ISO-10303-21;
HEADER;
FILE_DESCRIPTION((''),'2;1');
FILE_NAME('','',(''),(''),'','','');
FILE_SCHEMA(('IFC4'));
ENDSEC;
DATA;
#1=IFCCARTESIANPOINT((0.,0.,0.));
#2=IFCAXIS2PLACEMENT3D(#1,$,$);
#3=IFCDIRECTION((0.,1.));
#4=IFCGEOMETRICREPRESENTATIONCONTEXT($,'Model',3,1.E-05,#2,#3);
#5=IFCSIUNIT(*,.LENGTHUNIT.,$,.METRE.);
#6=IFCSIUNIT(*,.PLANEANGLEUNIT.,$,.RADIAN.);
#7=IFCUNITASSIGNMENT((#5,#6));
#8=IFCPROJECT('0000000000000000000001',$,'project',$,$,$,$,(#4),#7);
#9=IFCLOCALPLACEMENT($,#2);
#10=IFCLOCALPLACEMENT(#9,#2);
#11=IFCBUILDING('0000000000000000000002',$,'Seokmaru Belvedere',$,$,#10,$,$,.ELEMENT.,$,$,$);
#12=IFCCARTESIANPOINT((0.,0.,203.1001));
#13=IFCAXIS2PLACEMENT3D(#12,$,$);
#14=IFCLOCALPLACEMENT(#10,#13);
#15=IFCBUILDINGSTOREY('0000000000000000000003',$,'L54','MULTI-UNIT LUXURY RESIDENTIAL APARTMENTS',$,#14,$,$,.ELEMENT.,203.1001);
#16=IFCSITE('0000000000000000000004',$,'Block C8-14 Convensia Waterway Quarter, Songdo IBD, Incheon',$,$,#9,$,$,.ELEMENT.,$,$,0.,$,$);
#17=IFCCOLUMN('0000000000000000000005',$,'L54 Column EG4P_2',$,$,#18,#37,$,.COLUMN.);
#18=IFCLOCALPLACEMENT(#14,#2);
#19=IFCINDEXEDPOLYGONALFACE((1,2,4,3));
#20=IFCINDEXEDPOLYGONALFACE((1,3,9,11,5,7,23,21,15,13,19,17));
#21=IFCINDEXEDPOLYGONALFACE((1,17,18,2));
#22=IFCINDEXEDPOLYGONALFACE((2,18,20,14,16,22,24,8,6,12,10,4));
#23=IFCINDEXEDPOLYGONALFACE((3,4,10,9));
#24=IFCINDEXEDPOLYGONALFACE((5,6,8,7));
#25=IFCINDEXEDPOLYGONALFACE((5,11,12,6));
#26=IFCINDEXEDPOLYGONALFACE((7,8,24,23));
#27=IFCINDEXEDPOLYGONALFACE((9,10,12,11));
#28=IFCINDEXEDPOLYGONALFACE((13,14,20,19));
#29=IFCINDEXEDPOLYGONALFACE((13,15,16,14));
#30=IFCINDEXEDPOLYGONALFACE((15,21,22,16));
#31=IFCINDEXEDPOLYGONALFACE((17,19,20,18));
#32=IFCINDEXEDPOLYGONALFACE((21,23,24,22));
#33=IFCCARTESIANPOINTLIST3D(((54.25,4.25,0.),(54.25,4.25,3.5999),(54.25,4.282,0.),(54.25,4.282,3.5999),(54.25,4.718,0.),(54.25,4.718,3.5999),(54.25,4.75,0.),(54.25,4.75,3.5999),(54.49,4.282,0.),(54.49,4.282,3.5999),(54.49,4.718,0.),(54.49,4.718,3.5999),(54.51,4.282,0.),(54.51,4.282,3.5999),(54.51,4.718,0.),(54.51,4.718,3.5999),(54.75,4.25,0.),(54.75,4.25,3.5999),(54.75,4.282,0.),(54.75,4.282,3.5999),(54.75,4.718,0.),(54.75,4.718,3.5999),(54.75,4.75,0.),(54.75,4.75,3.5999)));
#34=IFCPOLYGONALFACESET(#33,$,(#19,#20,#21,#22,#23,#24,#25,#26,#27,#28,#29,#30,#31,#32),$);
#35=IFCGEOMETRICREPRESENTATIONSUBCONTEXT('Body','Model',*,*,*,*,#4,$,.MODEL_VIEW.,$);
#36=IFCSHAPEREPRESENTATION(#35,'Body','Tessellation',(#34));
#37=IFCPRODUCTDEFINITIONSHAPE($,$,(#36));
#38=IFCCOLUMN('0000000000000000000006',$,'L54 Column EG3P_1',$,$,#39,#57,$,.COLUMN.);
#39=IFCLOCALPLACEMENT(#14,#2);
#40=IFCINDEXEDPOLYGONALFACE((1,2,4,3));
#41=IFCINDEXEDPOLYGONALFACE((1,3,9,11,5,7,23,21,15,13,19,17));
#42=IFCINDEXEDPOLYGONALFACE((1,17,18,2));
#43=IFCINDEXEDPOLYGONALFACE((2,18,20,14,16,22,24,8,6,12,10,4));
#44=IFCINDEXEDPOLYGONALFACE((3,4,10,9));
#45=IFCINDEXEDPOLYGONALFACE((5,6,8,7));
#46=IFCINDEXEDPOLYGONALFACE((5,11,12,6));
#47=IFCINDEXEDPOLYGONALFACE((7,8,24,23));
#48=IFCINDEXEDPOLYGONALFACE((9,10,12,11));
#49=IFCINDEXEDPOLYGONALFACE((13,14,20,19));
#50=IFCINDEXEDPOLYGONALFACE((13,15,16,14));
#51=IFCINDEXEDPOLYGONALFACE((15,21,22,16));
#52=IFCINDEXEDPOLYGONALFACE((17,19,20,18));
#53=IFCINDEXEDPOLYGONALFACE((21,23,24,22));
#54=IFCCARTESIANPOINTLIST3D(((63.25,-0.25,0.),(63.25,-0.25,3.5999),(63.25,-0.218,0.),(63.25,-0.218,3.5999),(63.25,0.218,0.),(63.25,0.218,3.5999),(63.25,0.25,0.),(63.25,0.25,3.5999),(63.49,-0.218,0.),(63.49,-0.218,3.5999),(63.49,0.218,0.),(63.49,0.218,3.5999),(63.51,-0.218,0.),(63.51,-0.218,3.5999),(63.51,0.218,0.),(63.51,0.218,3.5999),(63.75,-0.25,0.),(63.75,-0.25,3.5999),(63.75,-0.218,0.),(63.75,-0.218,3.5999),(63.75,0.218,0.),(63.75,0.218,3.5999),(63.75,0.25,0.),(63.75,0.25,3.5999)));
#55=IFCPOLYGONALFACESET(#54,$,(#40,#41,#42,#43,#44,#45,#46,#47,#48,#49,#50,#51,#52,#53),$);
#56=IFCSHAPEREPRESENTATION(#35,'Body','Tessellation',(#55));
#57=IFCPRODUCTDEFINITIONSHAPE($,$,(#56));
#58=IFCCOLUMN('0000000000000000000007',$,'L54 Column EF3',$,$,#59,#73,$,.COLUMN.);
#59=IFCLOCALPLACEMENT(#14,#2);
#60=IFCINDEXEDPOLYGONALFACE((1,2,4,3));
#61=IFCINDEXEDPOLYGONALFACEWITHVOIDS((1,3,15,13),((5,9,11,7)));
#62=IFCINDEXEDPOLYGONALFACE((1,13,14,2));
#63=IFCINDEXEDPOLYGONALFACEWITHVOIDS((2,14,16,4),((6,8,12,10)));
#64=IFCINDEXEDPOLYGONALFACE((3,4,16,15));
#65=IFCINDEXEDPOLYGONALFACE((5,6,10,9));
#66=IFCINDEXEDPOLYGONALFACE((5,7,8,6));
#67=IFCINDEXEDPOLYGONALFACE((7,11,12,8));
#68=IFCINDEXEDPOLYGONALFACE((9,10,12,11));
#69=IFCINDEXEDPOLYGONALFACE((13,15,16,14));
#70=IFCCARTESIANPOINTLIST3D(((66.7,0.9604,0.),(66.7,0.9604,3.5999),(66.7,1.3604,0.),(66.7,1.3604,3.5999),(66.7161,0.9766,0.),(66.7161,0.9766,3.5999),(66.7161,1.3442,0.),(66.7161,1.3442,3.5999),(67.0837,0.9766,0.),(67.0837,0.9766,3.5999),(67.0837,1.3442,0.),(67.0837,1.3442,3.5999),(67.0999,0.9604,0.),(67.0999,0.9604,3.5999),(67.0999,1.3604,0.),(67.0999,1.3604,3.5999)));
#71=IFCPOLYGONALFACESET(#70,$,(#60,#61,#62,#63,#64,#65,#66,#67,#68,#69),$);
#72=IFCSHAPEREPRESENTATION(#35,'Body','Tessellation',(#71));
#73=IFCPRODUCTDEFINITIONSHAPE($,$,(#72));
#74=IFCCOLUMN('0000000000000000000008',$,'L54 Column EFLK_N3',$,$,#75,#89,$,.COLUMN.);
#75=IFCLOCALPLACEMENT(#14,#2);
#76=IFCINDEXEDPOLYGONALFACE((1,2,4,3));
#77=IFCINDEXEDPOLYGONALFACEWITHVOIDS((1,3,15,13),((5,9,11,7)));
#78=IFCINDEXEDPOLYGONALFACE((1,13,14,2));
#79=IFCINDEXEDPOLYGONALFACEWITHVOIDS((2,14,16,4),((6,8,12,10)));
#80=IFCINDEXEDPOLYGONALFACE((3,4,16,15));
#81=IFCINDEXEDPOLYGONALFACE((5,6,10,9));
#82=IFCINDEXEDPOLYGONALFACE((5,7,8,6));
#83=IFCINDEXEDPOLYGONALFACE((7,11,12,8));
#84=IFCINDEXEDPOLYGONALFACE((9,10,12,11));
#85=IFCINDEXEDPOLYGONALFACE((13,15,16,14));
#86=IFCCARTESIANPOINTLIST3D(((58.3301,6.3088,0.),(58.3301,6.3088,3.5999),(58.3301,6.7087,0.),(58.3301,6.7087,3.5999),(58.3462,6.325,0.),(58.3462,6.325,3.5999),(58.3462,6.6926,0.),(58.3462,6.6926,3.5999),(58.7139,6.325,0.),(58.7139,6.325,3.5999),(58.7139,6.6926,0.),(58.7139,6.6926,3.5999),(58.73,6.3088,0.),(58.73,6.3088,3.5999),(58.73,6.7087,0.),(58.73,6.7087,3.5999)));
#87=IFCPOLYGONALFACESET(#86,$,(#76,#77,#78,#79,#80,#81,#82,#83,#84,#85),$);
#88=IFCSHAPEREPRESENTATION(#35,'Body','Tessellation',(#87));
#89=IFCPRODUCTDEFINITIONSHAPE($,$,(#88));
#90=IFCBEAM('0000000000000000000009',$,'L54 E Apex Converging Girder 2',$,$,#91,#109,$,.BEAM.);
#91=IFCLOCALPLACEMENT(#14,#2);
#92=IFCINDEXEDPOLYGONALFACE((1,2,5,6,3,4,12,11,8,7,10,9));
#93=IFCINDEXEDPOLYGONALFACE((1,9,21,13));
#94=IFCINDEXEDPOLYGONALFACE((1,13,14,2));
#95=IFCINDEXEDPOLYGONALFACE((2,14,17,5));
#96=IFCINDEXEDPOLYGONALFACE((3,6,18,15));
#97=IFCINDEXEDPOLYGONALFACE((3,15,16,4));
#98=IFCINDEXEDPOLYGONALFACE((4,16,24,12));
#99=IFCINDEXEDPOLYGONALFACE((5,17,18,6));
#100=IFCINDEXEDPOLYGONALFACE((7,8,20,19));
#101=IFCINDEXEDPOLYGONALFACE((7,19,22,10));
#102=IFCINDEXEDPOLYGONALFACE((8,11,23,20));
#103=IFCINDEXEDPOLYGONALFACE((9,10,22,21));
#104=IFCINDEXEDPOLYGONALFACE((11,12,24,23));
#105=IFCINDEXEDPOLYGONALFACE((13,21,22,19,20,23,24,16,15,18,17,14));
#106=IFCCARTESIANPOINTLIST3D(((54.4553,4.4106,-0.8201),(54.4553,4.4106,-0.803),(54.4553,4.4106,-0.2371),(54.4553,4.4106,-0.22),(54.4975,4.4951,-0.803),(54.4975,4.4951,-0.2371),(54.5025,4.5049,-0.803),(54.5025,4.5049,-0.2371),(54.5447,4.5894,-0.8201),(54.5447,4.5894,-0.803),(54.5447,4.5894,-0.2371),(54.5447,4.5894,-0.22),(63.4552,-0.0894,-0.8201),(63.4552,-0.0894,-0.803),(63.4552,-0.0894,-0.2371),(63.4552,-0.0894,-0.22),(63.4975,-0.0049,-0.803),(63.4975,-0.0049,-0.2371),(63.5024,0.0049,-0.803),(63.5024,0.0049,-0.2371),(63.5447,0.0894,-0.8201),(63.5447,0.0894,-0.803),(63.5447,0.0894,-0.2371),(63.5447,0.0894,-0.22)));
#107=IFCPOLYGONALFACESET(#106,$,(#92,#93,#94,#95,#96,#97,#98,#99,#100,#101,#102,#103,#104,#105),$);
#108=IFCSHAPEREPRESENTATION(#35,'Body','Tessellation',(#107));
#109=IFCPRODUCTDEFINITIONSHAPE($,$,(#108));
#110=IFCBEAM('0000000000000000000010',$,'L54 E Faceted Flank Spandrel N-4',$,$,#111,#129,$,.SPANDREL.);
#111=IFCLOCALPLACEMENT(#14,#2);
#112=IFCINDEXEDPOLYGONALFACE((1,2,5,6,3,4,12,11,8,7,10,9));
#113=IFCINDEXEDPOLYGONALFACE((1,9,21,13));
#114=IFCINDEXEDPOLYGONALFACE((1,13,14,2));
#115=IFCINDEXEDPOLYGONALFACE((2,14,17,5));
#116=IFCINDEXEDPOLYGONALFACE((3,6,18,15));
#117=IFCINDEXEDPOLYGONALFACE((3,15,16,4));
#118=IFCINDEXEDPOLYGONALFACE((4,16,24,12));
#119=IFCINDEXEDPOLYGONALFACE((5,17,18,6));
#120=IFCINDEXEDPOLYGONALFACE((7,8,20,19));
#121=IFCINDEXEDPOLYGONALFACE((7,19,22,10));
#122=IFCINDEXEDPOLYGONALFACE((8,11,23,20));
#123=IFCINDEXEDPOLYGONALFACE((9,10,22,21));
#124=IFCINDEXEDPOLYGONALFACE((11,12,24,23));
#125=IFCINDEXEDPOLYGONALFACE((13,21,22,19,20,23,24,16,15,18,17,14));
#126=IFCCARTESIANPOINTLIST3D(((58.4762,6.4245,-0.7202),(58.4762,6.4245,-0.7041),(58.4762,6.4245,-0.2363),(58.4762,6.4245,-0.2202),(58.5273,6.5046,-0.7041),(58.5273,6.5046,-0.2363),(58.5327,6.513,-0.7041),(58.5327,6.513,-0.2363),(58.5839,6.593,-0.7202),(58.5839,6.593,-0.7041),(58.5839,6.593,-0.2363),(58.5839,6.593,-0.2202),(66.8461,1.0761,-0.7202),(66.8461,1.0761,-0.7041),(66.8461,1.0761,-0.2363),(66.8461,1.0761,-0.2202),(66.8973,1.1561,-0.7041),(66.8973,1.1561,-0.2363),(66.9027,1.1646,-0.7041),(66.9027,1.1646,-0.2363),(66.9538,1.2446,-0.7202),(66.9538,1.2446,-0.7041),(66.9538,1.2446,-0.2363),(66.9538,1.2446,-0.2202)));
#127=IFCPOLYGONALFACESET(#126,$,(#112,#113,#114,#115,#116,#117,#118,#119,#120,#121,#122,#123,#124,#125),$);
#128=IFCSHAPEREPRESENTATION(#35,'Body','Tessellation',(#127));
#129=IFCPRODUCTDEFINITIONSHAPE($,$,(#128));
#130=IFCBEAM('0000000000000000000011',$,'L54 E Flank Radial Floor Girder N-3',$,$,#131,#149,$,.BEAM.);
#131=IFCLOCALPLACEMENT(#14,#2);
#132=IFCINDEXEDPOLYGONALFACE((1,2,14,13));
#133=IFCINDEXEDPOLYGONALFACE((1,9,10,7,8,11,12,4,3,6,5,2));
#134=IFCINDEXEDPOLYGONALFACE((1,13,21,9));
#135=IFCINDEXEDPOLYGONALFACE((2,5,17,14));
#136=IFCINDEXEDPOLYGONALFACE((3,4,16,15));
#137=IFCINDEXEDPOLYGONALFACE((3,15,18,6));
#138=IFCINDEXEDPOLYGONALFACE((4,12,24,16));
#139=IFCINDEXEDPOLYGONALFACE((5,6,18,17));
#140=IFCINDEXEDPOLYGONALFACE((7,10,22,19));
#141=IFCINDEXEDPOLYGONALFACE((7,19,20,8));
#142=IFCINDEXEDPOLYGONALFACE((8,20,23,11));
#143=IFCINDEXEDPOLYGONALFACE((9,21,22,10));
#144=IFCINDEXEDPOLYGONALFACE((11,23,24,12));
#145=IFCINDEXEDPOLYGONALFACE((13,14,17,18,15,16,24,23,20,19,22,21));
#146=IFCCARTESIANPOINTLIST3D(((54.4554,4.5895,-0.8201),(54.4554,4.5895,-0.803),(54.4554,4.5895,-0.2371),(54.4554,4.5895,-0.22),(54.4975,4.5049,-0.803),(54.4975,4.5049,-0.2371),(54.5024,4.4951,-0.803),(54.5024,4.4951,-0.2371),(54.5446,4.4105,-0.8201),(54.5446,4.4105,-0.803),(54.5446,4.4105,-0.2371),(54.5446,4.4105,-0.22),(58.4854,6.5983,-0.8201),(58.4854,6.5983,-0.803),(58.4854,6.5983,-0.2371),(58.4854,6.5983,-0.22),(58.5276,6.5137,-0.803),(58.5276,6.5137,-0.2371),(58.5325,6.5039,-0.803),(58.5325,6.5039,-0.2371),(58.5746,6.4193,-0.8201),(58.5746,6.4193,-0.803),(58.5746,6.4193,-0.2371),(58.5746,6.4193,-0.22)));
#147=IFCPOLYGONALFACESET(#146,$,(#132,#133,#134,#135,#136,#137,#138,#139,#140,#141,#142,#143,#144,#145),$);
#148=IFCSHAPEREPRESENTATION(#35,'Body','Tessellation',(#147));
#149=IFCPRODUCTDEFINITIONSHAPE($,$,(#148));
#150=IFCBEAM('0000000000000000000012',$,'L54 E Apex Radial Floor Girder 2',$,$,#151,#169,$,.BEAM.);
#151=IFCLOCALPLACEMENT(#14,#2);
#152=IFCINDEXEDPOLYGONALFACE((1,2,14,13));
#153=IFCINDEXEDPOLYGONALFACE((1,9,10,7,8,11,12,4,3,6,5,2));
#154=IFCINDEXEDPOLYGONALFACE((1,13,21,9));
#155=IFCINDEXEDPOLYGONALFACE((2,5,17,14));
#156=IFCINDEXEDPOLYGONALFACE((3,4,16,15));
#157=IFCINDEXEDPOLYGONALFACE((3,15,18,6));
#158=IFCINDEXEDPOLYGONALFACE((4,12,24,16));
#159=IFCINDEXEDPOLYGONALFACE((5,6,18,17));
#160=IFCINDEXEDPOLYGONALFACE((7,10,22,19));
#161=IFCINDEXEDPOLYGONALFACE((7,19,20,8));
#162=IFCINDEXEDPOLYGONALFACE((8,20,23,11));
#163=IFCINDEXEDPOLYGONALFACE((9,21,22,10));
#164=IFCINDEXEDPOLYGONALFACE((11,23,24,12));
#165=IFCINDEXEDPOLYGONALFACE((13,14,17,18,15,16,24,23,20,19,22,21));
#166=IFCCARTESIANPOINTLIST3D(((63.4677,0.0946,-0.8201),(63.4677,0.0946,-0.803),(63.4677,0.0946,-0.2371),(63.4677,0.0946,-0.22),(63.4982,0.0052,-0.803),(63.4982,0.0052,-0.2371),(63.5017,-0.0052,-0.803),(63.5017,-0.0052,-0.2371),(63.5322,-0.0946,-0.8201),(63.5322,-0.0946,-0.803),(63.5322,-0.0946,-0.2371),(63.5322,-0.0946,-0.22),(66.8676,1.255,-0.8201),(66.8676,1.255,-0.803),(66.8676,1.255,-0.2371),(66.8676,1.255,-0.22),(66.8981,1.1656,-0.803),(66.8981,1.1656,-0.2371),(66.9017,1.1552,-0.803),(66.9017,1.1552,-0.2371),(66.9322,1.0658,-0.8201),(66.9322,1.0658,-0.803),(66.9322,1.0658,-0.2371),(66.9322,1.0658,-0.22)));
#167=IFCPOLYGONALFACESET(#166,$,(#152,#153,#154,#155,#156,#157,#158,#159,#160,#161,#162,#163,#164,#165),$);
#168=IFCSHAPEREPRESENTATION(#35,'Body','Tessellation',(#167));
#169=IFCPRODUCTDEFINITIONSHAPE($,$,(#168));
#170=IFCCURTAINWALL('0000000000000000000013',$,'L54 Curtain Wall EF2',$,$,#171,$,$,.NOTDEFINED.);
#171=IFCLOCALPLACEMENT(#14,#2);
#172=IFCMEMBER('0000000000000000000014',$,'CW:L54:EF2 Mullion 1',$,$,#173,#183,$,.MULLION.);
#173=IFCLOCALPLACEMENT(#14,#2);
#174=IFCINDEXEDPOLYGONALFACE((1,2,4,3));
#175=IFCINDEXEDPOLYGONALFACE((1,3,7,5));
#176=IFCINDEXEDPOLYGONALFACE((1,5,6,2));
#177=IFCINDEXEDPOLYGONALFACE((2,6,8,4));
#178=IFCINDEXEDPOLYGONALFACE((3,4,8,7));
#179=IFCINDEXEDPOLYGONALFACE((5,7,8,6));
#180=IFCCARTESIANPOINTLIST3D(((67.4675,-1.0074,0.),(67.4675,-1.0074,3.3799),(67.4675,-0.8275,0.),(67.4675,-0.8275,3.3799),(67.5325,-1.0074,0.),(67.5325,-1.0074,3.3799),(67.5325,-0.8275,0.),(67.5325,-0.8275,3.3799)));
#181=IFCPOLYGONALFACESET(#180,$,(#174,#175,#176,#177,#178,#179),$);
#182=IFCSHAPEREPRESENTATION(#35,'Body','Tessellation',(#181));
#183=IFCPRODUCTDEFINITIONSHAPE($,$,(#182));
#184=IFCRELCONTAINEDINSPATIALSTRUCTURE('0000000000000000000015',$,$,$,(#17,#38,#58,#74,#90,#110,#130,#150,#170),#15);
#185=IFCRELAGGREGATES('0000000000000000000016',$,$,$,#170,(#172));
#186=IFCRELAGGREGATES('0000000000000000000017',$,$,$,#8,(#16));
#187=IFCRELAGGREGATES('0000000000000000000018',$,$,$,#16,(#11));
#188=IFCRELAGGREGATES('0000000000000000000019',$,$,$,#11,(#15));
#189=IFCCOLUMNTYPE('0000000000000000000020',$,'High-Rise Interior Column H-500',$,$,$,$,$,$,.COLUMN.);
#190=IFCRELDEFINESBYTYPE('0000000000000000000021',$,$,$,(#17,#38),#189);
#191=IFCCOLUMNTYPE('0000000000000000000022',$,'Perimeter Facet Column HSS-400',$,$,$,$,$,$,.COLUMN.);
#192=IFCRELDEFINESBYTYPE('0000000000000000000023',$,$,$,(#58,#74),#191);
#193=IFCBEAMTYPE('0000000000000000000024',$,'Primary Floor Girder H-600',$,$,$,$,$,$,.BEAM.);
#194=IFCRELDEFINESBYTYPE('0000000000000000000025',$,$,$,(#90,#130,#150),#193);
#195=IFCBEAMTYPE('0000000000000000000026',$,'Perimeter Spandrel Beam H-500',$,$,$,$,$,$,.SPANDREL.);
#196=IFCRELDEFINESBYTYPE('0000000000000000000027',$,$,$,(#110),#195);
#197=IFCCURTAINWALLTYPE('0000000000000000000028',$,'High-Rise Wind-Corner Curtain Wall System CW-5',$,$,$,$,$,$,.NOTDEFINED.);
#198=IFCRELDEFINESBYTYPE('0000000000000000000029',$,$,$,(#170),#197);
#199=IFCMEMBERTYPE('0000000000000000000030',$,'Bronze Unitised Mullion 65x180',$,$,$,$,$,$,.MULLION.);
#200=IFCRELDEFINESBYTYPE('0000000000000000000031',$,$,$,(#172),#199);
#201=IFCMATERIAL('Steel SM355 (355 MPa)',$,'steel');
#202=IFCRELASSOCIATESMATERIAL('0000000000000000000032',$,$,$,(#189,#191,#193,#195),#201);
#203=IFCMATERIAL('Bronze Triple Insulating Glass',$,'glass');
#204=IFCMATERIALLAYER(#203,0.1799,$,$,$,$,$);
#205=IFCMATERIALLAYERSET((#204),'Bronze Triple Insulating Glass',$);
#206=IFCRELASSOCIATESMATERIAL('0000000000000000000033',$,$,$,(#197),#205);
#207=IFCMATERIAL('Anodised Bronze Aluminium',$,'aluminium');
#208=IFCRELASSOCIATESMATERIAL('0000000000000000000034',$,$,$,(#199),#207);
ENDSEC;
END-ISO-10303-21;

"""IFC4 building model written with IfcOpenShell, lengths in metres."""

from ifc_helpers import new_model, si_unit, direction, frame, origin, origin_2d, place, context, subcontext, project, spatial, rectangle, hollow_rectangle, i_section, extrude, source, transform, mapped, material, layer, layer_set, material_profile, profile_set, type_object, type_shapes, element, aggregate, save


model = new_model("IFC4")

# Units and contexts
model_context = context("Model", 3, precision=1e-05, world=origin(), true_north=direction((0.0, 1.0)))
body_context = subcontext(model_context, "Body", "Model", "MODEL_VIEW")
ifc_project = project(units=[si_unit("LENGTHUNIT", "METRE"), si_unit("PLANEANGLEUNIT", "RADIAN")], contexts=[model_context])

# Site, building, storey
site_placement = place(None, origin())
site = spatial("IfcSite", under=ifc_project, at=site_placement, Name="Block C8-14 Convensia Waterway Quarter, Songdo IBD, Incheon", CompositionType="ELEMENT", RefElevation=0.0)
building_placement = place(site_placement, origin())
building = spatial("IfcBuilding", under=site, at=building_placement, Name="Seokmaru Belvedere", CompositionType="ELEMENT")
storey_placement = place(building_placement, frame((0.0, 0.0, 203.1001)))
storey = spatial("IfcBuildingStorey", under=building, at=storey_placement, Name="L54", Description="MULTI-UNIT LUXURY RESIDENTIAL APARTMENTS", CompositionType="ELEMENT", Elevation=203.1001)

# Columns
ifc_material_1 = material(Name="Steel SM355 (355 MPa)", Category="steel")
ifc_material_profile_1 = material_profile(ifc_material_1, i_section(OverallWidth=0.5, OverallDepth=0.5, WebThickness=0.02, FlangeThickness=0.032, at=origin_2d()), Name="H-500x500x20x32")
ifc_profile_set_1 = profile_set([ifc_material_profile_1], Name="Steel SM355 (355 MPa)")
column_type_1 = type_object("IfcColumnType", Name="High-Rise Interior Column H-500", PredefinedType="COLUMN", material=ifc_profile_set_1)
shared_shape_1 = source(origin(), body_context, "Body", "SweptSolid", [
    extrude(i_section(OverallWidth=0.5, OverallDepth=0.5, WebThickness=0.02, FlangeThickness=0.032, at=origin_2d()), origin(), (0.0, 0.0, 1.0), 3.5999),
])
type_shapes(column_type_1, [shared_shape_1])
for number, where, z_axis, x_axis, name in (
    (1, (54.5, 4.5, 0.0), (0.0, 0.0, 1.0), (1.0, 0.0, 0.0), "L54 Column EG4P_2"),
    (2, (63.5, 0.0, 0.0), (0.0, 0.0, 1.0), (1.0, 0.0, 0.0), "L54 Column EG3P_1"),
):
    element("IfcColumn", number, at=place(storey_placement, frame(where, z_axis=z_axis, x_axis=x_axis)), inside=storey, type_object=column_type_1, Name=name, PredefinedType="COLUMN", context=body_context, shape_type="MappedRepresentation", body=[
        mapped(shared_shape_1, transform((0.0, 0.0, 0.0), scale=1.0)),
    ])
ifc_material_profile_2 = material_profile(ifc_material_1, hollow_rectangle(XDim=0.3999, YDim=0.3999, WallThickness=0.0161, at=origin_2d()), Name="HSS-400x400x16")
ifc_profile_set_2 = profile_set([ifc_material_profile_2], Name="Steel SM355 (355 MPa)")
column_type_2 = type_object("IfcColumnType", Name="Perimeter Facet Column HSS-400", PredefinedType="COLUMN", material=ifc_profile_set_2)
shared_shape_2 = source(origin(), body_context, "Body", "SweptSolid", [
    extrude(hollow_rectangle(XDim=0.3999, YDim=0.3999, WallThickness=0.0161, at=origin_2d()), origin(), (0.0, 0.0, 1.0), 3.5999),
])
type_shapes(column_type_2, [shared_shape_2])
for number, where, z_axis, x_axis, name in (
    (3, (66.8999, 1.1604, 0.0), (0.0, 0.0, 1.0), (1.0, 0.0, 0.0), "L54 Column EF3"),
    (4, (58.53, 6.5088, 0.0), (0.0, 0.0, 1.0), (1.0, 0.0, 0.0), "L54 Column EFLK_N3"),
):
    element("IfcColumn", number, at=place(storey_placement, frame(where, z_axis=z_axis, x_axis=x_axis)), inside=storey, type_object=column_type_2, Name=name, PredefinedType="COLUMN", context=body_context, shape_type="MappedRepresentation", body=[
        mapped(shared_shape_2, transform((0.0, 0.0, 0.0), scale=1.0)),
    ])

# Beams
ifc_material_profile_3 = material_profile(ifc_material_1, i_section(OverallWidth=0.2, OverallDepth=0.6001, WebThickness=0.011, FlangeThickness=0.0171, at=origin_2d()), Name="H-600x200x11x17")
ifc_profile_set_3 = profile_set([ifc_material_profile_3], Name="Steel SM355 (355 MPa)")
beam_type_1 = type_object("IfcBeamType", Name="Primary Floor Girder H-600", PredefinedType="BEAM", material=ifc_profile_set_3)
shared_shape_3 = source(origin(), body_context, "Body", "SweptSolid", [
    extrude(i_section(OverallWidth=0.2, OverallDepth=0.6001, WebThickness=0.011, FlangeThickness=0.0171, at=origin_2d()), origin(), (0.0, 0.0, 1.0), 10.0623),
])
beam_1_placement = place(storey_placement, frame((54.5, 4.5, -0.52), z_axis=(0.894427, -0.447214, 0.0), x_axis=(0.447214, 0.894427, 0.0)))
element("IfcBeam", 5, at=beam_1_placement, inside=storey, type_object=beam_type_1, Name="L54 E Apex Converging Girder 2", PredefinedType="BEAM", context=body_context, shape_type="MappedRepresentation", body=[
    mapped(shared_shape_3, transform((0.0, 0.0, 0.0), scale=1.0)),
])
ifc_material_profile_4 = material_profile(ifc_material_1, i_section(OverallWidth=0.2, OverallDepth=0.5, WebThickness=0.01, FlangeThickness=0.0161, at=origin_2d()), Name="H-500x200x10x16")
ifc_profile_set_4 = profile_set([ifc_material_profile_4], Name="Steel SM355 (355 MPa)")
beam_type_2 = type_object("IfcBeamType", Name="Perimeter Spandrel Beam H-500", PredefinedType="SPANDREL", material=ifc_profile_set_4)
shared_shape_4 = source(origin(), body_context, "Body", "SweptSolid", [
    extrude(i_section(OverallWidth=0.2, OverallDepth=0.5, WebThickness=0.01, FlangeThickness=0.0161, at=origin_2d()), origin(), (0.0, 0.0, 1.0), 9.9329),
])
type_shapes(beam_type_2, [shared_shape_4])
beam_2_placement = place(storey_placement, frame((58.53, 6.5088, -0.4702), z_axis=(0.842652, -0.538459, 0.0), x_axis=(0.538459, 0.842652, 0.0)))
element("IfcBeam", 6, at=beam_2_placement, inside=storey, type_object=beam_type_2, Name="L54 E Faceted Flank Spandrel N-4", PredefinedType="SPANDREL", context=body_context, shape_type="MappedRepresentation", body=[
    mapped(shared_shape_4, transform((0.0, 0.0, 0.0), scale=1.0)),
])
shared_shape_5 = source(origin(), body_context, "Body", "SweptSolid", [
    extrude(i_section(OverallWidth=0.2, OverallDepth=0.6001, WebThickness=0.011, FlangeThickness=0.0171, at=origin_2d()), origin(), (0.0, 0.0, 1.0), 4.5029),
])
beam_3_placement = place(storey_placement, frame((58.53, 6.5088, -0.52), z_axis=(-0.89498, -0.446107, 0.0), x_axis=(0.446107, -0.89498, 0.0)))
element("IfcBeam", 7, at=beam_3_placement, inside=storey, type_object=beam_type_1, Name="L54 E Flank Radial Floor Girder N-3", PredefinedType="BEAM", context=body_context, shape_type="MappedRepresentation", body=[
    mapped(shared_shape_5, transform((0.0, 0.0, 0.0), scale=1.0)),
])
shared_shape_6 = source(origin(), body_context, "Body", "SweptSolid", [
    extrude(i_section(OverallWidth=0.2, OverallDepth=0.6001, WebThickness=0.011, FlangeThickness=0.0171, at=origin_2d()), origin(), (0.0, 0.0, 1.0), 3.5925),
])
type_shapes(beam_type_1, [shared_shape_3, shared_shape_5, shared_shape_6])
beam_4_placement = place(storey_placement, frame((66.8999, 1.1604, -0.52), z_axis=(-0.946396, -0.323009, 0.0), x_axis=(0.323009, -0.946396, 0.0)))
element("IfcBeam", 8, at=beam_4_placement, inside=storey, type_object=beam_type_1, Name="L54 E Apex Radial Floor Girder 2", PredefinedType="BEAM", context=body_context, shape_type="MappedRepresentation", body=[
    mapped(shared_shape_6, transform((0.0, 0.0, 0.0), scale=1.0)),
])

# Curtain wall, member
ifc_material_2 = material(Name="Bronze Triple Insulating Glass", Category="glass")
ifc_layer_1 = layer(ifc_material_2, 0.1799)
ifc_layer_set_1 = layer_set([ifc_layer_1], Name="Bronze Triple Insulating Glass")
curtain_wall_type = type_object("IfcCurtainWallType", Name="High-Rise Wind-Corner Curtain Wall System CW-5", PredefinedType="NOTDEFINED", material=ifc_layer_set_1)
curtain_wall_1_placement = place(storey_placement, origin())
curtain_wall_1 = element("IfcCurtainWall", 9, at=curtain_wall_1_placement, inside=storey, type_object=curtain_wall_type, Name="L54 Curtain Wall EF2", PredefinedType="NOTDEFINED")
ifc_material_3 = material(Name="Anodised Bronze Aluminium", Category="aluminium")
ifc_material_profile_5 = material_profile(ifc_material_3, rectangle(XDim=0.0649, YDim=0.1799, at=origin_2d()), Name="CW-M-65x180")
ifc_profile_set_5 = profile_set([ifc_material_profile_5], Name="Anodised Bronze Aluminium")
member_type_1 = type_object("IfcMemberType", Name="Bronze Unitised Mullion 65x180", PredefinedType="MULLION", material=ifc_profile_set_5)
shared_shape_7 = source(origin(), body_context, "Body", "SweptSolid", [
    extrude(rectangle(XDim=0.0649, YDim=0.1799, at=origin_2d()), origin(), (0.0, 0.0, 1.0), 3.3799),
])
member_1_placement = place(storey_placement, frame((67.5, -0.9175, 0.0), z_axis=(0.0, 0.0, 1.0), x_axis=(-1.0, 0.0, 0.0)))
member_1 = element("IfcMember", 10, at=member_1_placement, type_object=member_type_1, Name="CW:L54:EF2 Mullion 1", PredefinedType="MULLION", context=body_context, shape_type="MappedRepresentation", body=[
    mapped(shared_shape_7, transform((0.0, 0.0, 0.0), scale=1.0)),
])

aggregate(curtain_wall_1, [member_1])

save(model, "model.ifc")
